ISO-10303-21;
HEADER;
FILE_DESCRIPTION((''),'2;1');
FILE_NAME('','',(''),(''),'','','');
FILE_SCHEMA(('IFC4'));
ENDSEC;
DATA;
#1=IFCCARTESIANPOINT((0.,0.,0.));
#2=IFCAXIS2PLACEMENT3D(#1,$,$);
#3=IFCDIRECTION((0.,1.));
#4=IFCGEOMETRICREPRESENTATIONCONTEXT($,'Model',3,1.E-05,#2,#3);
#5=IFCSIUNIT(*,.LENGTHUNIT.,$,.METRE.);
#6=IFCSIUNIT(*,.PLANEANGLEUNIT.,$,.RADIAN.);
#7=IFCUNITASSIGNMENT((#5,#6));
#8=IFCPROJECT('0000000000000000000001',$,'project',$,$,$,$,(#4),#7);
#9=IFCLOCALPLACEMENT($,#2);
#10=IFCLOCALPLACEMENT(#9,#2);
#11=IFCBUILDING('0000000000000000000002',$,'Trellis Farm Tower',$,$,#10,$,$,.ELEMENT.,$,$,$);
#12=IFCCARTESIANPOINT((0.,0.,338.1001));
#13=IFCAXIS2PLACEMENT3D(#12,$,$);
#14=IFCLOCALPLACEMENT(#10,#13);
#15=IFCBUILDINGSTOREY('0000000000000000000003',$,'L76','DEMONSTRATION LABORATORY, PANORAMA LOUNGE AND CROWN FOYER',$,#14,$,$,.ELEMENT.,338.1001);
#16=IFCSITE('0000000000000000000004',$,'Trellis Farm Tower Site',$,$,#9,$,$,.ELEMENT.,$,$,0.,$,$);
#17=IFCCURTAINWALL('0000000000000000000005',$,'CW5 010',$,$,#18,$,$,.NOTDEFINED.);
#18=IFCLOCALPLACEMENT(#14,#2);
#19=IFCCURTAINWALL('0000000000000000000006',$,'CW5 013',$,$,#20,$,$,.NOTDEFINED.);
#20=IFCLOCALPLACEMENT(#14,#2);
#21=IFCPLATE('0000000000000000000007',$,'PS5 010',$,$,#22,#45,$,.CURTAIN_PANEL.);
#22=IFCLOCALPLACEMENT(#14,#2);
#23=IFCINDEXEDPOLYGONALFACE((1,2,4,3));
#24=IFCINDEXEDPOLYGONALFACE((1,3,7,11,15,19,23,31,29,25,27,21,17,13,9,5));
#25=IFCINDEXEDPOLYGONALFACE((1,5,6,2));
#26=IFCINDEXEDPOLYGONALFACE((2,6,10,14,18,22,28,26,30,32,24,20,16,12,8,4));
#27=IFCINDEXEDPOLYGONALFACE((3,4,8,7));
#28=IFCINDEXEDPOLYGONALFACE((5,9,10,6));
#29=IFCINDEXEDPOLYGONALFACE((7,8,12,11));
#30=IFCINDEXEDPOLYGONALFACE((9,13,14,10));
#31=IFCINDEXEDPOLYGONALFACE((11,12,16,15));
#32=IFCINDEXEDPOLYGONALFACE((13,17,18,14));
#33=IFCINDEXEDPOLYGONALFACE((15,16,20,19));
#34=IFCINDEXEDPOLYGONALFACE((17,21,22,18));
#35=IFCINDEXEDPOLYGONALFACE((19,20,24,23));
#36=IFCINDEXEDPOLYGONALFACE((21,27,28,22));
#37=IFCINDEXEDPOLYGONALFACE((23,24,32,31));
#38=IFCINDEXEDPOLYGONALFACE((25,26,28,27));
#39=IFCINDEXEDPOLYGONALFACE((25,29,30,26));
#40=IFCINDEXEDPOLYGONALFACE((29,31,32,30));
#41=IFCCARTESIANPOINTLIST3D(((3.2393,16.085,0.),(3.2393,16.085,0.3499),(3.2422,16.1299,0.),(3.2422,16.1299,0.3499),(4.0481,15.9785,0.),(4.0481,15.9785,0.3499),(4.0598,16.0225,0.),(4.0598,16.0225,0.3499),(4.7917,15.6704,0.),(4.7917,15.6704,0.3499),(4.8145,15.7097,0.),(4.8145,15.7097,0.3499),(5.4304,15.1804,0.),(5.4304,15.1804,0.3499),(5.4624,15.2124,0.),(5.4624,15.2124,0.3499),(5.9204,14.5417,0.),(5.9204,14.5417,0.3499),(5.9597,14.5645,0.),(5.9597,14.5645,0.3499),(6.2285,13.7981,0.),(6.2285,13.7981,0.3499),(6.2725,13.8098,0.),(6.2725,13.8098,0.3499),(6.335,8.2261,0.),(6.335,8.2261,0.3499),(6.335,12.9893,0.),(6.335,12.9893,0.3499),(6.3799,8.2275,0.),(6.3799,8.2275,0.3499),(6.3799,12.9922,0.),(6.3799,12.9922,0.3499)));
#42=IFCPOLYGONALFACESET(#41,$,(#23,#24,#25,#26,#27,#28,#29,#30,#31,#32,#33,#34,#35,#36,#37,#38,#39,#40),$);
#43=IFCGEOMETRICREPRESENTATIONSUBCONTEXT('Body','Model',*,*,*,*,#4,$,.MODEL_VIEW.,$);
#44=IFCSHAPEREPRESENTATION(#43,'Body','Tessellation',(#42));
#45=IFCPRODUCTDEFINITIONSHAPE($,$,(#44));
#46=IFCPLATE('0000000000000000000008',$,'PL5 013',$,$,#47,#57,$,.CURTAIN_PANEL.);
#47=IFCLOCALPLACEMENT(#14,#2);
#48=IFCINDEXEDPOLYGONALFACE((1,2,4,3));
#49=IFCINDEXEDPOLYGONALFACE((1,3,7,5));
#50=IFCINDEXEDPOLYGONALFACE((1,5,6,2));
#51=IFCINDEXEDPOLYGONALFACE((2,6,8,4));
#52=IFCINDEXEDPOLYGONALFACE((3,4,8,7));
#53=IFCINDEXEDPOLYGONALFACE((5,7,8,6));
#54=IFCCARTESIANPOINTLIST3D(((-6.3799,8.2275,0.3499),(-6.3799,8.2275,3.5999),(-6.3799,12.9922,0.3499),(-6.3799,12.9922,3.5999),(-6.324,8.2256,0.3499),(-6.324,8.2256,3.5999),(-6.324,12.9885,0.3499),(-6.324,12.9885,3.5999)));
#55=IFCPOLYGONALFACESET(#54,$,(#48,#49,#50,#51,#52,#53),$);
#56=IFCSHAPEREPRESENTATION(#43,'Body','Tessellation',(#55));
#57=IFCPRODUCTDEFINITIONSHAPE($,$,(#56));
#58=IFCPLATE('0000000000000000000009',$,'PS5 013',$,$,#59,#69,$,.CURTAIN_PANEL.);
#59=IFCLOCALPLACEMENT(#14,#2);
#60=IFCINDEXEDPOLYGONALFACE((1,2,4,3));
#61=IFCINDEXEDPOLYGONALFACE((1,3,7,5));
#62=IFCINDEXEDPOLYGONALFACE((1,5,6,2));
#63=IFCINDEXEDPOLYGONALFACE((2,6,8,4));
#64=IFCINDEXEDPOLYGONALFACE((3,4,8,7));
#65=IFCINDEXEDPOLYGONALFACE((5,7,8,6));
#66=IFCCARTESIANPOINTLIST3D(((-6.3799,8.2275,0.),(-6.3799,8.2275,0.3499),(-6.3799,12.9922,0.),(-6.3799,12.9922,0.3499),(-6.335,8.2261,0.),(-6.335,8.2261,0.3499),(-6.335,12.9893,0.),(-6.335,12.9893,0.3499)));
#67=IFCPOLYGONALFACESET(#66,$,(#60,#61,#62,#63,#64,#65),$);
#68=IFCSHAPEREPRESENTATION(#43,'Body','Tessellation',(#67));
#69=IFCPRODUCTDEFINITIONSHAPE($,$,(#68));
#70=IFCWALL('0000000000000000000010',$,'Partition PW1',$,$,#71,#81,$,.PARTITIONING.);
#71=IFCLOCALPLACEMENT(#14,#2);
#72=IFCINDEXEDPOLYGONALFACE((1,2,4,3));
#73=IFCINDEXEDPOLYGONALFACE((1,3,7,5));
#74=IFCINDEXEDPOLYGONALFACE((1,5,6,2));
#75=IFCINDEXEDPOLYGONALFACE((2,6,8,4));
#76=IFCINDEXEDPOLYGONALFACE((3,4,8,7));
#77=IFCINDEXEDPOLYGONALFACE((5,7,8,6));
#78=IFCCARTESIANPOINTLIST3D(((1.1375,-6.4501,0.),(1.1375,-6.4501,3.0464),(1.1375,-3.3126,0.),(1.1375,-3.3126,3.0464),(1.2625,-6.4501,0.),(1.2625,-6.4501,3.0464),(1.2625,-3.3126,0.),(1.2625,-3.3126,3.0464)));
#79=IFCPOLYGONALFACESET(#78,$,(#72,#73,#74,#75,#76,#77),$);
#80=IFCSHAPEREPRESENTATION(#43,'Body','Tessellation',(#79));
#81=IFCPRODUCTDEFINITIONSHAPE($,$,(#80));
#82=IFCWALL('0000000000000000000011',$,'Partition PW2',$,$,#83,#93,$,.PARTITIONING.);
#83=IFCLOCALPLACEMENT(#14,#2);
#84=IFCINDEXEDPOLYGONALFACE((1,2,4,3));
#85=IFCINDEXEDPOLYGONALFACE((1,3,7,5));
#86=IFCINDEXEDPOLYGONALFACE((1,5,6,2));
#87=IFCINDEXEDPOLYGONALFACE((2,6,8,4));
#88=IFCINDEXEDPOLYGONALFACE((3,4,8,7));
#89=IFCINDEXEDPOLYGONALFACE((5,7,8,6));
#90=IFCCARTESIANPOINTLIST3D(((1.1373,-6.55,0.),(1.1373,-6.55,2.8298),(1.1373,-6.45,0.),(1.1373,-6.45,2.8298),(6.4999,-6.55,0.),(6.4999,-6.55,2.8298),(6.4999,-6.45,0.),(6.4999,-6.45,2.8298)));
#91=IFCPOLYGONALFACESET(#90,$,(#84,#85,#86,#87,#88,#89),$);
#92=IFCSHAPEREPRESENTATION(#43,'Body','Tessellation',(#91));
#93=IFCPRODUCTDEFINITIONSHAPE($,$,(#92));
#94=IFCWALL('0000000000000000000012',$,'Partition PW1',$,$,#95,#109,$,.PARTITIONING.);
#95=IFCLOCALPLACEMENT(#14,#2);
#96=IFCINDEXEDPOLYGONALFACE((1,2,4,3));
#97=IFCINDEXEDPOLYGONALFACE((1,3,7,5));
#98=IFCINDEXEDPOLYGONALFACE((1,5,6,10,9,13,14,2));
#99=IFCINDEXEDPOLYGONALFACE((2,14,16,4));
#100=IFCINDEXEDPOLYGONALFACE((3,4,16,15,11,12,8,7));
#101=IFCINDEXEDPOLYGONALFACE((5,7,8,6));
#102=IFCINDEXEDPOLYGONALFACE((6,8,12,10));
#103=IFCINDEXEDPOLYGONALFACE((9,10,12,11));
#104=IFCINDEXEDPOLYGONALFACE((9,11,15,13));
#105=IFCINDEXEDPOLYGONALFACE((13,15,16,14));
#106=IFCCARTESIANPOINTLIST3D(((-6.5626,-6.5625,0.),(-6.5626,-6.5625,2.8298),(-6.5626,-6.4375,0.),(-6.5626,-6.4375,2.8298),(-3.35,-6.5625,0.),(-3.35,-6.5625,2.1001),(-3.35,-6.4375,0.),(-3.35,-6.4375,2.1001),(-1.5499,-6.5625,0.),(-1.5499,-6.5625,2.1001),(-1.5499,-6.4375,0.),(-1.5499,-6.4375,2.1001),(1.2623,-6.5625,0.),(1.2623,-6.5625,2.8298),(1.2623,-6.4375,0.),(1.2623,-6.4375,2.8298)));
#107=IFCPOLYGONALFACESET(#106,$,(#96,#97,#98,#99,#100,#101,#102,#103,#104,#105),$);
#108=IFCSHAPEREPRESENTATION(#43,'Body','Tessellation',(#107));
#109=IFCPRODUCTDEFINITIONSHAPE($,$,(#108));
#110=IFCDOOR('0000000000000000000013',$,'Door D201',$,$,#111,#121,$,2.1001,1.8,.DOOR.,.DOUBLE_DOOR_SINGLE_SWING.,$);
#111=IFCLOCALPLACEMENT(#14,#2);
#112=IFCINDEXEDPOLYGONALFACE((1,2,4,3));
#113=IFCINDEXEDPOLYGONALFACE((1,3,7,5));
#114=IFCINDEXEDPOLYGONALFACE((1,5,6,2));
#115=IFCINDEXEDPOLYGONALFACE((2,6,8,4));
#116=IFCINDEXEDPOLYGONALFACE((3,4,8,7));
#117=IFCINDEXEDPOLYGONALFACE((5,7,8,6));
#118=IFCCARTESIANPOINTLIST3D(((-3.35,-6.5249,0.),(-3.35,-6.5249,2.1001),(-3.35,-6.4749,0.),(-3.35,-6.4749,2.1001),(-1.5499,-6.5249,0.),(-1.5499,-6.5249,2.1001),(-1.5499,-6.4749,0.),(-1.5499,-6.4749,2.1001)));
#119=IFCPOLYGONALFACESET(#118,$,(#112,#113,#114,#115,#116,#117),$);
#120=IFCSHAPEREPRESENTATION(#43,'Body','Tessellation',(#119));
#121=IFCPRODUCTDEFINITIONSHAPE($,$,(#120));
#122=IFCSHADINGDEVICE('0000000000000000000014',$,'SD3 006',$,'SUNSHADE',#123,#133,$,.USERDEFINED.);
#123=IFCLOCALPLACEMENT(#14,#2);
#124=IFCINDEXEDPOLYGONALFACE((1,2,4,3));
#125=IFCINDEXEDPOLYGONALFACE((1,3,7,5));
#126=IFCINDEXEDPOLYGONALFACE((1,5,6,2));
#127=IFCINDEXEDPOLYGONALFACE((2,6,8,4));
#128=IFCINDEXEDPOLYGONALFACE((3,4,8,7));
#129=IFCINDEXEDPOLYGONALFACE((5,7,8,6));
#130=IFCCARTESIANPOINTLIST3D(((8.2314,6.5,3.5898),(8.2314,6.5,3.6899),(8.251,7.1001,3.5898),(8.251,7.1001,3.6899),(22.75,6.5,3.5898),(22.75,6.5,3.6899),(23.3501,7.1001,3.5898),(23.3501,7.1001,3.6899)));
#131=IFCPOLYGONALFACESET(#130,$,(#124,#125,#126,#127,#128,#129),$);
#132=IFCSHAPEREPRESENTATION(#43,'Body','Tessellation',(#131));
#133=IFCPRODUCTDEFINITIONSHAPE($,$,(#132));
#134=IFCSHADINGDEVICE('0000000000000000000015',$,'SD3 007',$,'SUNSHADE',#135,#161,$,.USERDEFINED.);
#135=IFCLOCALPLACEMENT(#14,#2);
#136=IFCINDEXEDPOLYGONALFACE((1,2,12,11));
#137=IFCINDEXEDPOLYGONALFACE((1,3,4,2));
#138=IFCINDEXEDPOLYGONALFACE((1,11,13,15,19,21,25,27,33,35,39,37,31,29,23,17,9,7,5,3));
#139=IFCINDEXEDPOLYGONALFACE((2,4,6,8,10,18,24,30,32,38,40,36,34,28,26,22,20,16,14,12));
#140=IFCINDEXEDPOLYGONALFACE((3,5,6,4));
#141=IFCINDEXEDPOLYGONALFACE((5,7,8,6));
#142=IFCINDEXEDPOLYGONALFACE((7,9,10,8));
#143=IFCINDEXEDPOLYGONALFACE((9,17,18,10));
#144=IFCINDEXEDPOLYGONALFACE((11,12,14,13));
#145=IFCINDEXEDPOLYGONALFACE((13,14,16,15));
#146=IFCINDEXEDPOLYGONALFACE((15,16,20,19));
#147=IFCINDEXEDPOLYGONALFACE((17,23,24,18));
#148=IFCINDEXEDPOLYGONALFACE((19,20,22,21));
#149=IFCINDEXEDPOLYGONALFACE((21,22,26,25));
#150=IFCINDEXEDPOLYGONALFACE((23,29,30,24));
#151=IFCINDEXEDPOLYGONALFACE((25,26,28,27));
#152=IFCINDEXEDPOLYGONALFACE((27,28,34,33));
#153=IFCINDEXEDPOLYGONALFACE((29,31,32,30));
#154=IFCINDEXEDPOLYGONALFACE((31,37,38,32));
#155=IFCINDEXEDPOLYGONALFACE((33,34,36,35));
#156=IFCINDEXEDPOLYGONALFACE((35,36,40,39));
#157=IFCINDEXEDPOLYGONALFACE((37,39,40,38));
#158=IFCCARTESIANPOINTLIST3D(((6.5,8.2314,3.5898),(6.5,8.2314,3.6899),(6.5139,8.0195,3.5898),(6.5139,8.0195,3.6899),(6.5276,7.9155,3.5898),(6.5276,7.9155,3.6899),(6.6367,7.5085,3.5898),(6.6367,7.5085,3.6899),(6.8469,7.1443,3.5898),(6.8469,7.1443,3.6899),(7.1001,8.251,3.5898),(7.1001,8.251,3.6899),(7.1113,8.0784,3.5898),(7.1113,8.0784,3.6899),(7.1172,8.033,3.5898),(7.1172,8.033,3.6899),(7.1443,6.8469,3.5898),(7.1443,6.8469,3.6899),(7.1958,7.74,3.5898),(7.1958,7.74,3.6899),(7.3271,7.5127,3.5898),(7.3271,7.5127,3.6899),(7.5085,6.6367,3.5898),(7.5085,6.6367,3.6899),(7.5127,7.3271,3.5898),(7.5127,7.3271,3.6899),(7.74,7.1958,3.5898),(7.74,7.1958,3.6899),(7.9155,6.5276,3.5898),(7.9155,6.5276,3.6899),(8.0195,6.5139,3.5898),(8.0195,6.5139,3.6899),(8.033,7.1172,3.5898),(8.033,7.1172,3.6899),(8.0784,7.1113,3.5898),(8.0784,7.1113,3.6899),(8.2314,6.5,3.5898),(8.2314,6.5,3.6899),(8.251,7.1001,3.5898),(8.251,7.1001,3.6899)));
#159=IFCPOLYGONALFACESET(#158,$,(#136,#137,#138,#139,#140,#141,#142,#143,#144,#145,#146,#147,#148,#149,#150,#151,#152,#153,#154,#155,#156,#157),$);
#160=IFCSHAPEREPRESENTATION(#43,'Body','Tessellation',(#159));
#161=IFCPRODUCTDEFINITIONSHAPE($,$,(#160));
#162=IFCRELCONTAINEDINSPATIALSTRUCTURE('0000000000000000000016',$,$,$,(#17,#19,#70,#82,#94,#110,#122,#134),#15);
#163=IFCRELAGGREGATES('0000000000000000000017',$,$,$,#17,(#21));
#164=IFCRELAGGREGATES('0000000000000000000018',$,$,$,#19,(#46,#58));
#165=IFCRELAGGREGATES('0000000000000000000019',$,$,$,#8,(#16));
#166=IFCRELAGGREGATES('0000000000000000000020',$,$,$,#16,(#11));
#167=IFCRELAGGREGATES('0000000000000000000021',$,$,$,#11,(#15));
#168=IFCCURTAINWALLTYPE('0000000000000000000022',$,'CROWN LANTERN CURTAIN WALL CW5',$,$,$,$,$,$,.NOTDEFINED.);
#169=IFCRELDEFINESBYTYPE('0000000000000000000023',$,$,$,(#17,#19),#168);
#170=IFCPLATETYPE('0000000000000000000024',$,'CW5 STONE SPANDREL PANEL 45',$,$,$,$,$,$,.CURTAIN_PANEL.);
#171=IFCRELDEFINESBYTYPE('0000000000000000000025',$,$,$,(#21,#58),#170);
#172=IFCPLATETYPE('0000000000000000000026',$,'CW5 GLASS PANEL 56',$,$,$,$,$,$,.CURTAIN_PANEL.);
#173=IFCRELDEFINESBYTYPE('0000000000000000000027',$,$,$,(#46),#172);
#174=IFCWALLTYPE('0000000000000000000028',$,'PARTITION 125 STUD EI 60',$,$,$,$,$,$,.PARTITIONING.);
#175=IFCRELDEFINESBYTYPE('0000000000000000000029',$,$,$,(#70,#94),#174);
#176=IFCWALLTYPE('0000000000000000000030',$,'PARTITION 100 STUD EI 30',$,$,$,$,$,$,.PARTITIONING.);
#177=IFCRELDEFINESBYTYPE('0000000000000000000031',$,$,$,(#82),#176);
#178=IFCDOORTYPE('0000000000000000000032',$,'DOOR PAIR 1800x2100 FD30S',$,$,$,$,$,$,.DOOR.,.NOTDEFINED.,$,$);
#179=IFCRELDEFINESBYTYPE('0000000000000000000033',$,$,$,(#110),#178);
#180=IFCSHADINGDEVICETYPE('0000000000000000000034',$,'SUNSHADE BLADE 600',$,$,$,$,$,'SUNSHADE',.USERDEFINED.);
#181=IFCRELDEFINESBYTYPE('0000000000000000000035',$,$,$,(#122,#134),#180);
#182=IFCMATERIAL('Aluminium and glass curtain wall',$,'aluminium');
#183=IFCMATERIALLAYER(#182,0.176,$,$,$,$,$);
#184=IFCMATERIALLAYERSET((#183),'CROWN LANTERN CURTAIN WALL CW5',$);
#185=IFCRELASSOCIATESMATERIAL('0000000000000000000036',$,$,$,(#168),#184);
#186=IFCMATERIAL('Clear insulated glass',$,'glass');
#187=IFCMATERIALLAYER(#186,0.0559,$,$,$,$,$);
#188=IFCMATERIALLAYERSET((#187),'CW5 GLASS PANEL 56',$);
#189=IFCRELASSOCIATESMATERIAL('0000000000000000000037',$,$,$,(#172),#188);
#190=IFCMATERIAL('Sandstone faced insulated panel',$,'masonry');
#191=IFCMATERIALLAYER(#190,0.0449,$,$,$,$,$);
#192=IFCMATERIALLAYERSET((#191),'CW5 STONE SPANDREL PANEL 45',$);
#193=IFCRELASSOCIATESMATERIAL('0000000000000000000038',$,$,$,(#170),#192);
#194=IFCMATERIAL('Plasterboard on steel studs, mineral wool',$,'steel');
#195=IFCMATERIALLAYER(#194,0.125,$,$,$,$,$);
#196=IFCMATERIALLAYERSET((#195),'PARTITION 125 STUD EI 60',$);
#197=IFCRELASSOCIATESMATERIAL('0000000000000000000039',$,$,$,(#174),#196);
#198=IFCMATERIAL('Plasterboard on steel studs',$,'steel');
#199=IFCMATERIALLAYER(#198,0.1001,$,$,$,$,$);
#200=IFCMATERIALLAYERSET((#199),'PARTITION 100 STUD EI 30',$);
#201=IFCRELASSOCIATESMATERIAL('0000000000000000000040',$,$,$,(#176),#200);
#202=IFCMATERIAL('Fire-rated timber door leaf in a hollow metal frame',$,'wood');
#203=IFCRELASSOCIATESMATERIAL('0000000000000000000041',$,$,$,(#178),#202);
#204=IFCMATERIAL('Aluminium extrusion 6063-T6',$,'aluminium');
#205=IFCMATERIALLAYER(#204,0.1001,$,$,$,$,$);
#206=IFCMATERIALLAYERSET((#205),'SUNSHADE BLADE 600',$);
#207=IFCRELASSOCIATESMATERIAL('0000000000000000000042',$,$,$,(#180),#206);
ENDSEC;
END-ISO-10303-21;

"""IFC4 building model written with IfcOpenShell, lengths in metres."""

from ifc_helpers import new_model, si_unit, direction, frame, frame_2d, origin, place, context, subcontext, project, spatial, polyline, rectangle, outline, extrude, source, transform, mapped, material, layer, layer_set, type_object, element, fill, aggregate, save


model = new_model("IFC4")

# Units and contexts
model_context = context("Model", 3, precision=1e-05, world=origin(), true_north=direction((0.0, 1.0)))
body_context = subcontext(model_context, "Body", "Model", "MODEL_VIEW")
ifc_project = project(units=[si_unit("LENGTHUNIT", "METRE"), si_unit("PLANEANGLEUNIT", "RADIAN")], contexts=[model_context])

# Site, building, storey
site_placement = place(None, origin())
site = spatial("IfcSite", under=ifc_project, at=site_placement, Name="Trellis Farm Tower Site", CompositionType="ELEMENT", RefElevation=0.0)
building_placement = place(site_placement, origin())
building = spatial("IfcBuilding", under=site, at=building_placement, Name="Trellis Farm Tower", CompositionType="ELEMENT")
storey_placement = place(building_placement, frame((0.0, 0.0, 338.1001)))
storey = spatial("IfcBuildingStorey", under=building, at=storey_placement, Name="L76", Description="DEMONSTRATION LABORATORY, PANORAMA LOUNGE AND CROWN FOYER", CompositionType="ELEMENT", Elevation=338.1001)

# Curtain walls
ifc_material_1 = material(Name="Aluminium and glass curtain wall", Category="aluminium")
ifc_layer_1 = layer(ifc_material_1, 0.176)
ifc_layer_set_1 = layer_set([ifc_layer_1], Name="CROWN LANTERN CURTAIN WALL CW5")
curtain_wall_type = type_object("IfcCurtainWallType", Name="CROWN LANTERN CURTAIN WALL CW5", PredefinedType="NOTDEFINED", material=ifc_layer_set_1)
placement_1 = place(storey_placement, origin())
ifc_material_2 = material(Name="Aluminium extrusion 6063-T6", Category="aluminium")
curtain_wall_1 = element("IfcCurtainWall", 1, at=placement_1, inside=storey, type_object=curtain_wall_type, Name="CW5 010", PredefinedType="NOTDEFINED")
curtain_wall_2 = element("IfcCurtainWall", 2, at=placement_1, inside=storey, type_object=curtain_wall_type, Name="CW5 013", PredefinedType="NOTDEFINED")

# Plates
ifc_material_3 = material(Name="Clear insulated glass", Category="glass")
ifc_layer_2 = layer(ifc_material_3, 0.0559)
ifc_layer_set_2 = layer_set([ifc_layer_2], Name="CW5 GLASS PANEL 56")
plate_type_1 = type_object("IfcPlateType", Name="CW5 GLASS PANEL 56", PredefinedType="CURTAIN_PANEL", material=ifc_layer_set_2)
placement_2 = place(storey_placement, frame((0.0, 0.0, 0.3499)))
ifc_material_4 = material(Name="Sandstone faced insulated panel", Category="masonry")
ifc_layer_3 = layer(ifc_material_4, 0.0449)
ifc_layer_set_3 = layer_set([ifc_layer_3], Name="CW5 STONE SPANDREL PANEL 45")
plate_type_2 = type_object("IfcPlateType", Name="CW5 STONE SPANDREL PANEL 45", PredefinedType="CURTAIN_PANEL", material=ifc_layer_set_3)
shared_shape_1 = source(origin(), body_context, "Body", "SweptSolid", [
    extrude(outline(polyline([(6.3799, 8.2275), (6.3799, 12.9922), (6.2725, 13.8098), (5.9597, 14.5645), (5.4624, 15.2124), (4.8145, 15.7097), (4.0598, 16.0225), (3.2422, 16.1299), (3.2393, 16.085), (4.0481, 15.9785), (4.7917, 15.6704), (5.4304, 15.1804), (5.9204, 14.5417), (6.2285, 13.7981), (6.335, 12.9893), (6.335, 8.2261), (6.3799, 8.2275)])), origin(), (0.0, 0.0, 1.0), 0.3499),
])
plate_1 = element("IfcPlate", 3, at=placement_1, type_object=plate_type_2, Name="PS5 010", PredefinedType="CURTAIN_PANEL", context=body_context, shape_type="MappedRepresentation", body=[
    mapped(shared_shape_1, transform((0.0, 0.0, 0.0))),
])
aggregate(curtain_wall_1, [plate_1])
shared_shape_2 = source(origin(), body_context, "Body", "SweptSolid", [
    extrude(outline(polyline([(-6.3799, 12.9922), (-6.3799, 8.2275), (-6.324, 8.2256), (-6.324, 12.9885), (-6.3799, 12.9922)])), origin(), (0.0, 0.0, 1.0), 3.25),
])
plate_2 = element("IfcPlate", 4, at=placement_2, type_object=plate_type_1, Name="PL5 013", PredefinedType="CURTAIN_PANEL", context=body_context, shape_type="MappedRepresentation", body=[
    mapped(shared_shape_2, transform((0.0, 0.0, 0.0))),
])
shared_shape_3 = source(origin(), body_context, "Body", "SweptSolid", [
    extrude(outline(polyline([(-6.3799, 12.9922), (-6.3799, 8.2275), (-6.335, 8.2261), (-6.335, 12.9893), (-6.3799, 12.9922)])), origin(), (0.0, 0.0, 1.0), 0.3499),
])
plate_3 = element("IfcPlate", 5, at=placement_1, type_object=plate_type_2, Name="PS5 013", PredefinedType="CURTAIN_PANEL", context=body_context, shape_type="MappedRepresentation", body=[
    mapped(shared_shape_3, transform((0.0, 0.0, 0.0))),
])
aggregate(curtain_wall_2, [plate_2, plate_3])

# Walls
ifc_material_5 = material(Name="Plasterboard on steel studs, mineral wool", Category="steel")
ifc_layer_4 = layer(ifc_material_5, 0.125)
ifc_layer_set_4 = layer_set([ifc_layer_4], Name="PARTITION 125 STUD EI 60")
wall_type_1 = type_object("IfcWallType", Name="PARTITION 125 STUD EI 60", PredefinedType="PARTITIONING", material=ifc_layer_set_4)
shared_shape_4 = source(origin(), body_context, "Body", "SweptSolid", [
    extrude(rectangle(XDim=3.1375, YDim=0.125, at=frame_2d((1.5688, 0.0))), origin(), (0.0, 0.0, 1.0), 3.0464),
])
wall_1_placement = place(storey_placement, frame((1.2, -3.3125, 0.0), z_axis=(0.0, 0.0, 1.0), x_axis=(0.0, -1.0, 0.0)))
element("IfcWall", 6, at=wall_1_placement, inside=storey, type_object=wall_type_1, Name="Partition PW1", PredefinedType="PARTITIONING", context=body_context, shape_type="MappedRepresentation", body=[
    mapped(shared_shape_4, transform((0.0, 0.0, 0.0))),
])
ifc_material_6 = material(Name="Plasterboard on steel studs", Category="steel")
ifc_layer_5 = layer(ifc_material_6, 0.1001)
ifc_layer_set_5 = layer_set([ifc_layer_5], Name="PARTITION 100 STUD EI 30")
wall_type_2 = type_object("IfcWallType", Name="PARTITION 100 STUD EI 30", PredefinedType="PARTITIONING", material=ifc_layer_set_5)
shared_shape_5 = source(origin(), body_context, "Body", "SweptSolid", [
    extrude(rectangle(XDim=5.3625, YDim=0.1001, at=frame_2d((2.6812, 0.0))), origin(), (0.0, 0.0, 1.0), 2.8298),
])
wall_2_placement = place(storey_placement, frame((1.1375, -6.5, 0.0), z_axis=(0.0, 0.0, 1.0), x_axis=(1.0, 0.0, 0.0)))
element("IfcWall", 7, at=wall_2_placement, inside=storey, type_object=wall_type_2, Name="Partition PW2", PredefinedType="PARTITIONING", context=body_context, shape_type="MappedRepresentation", body=[
    mapped(shared_shape_5, transform((0.0, 0.0, 0.0))),
])

# Wall, opening, door
shared_shape_6 = source(origin(), body_context, "Body", "SweptSolid", [
    extrude(rectangle(XDim=7.825, YDim=0.125, at=frame_2d((3.9126, 0.0))), origin(), (0.0, 0.0, 1.0), 2.8298),
])
wall_3_placement = place(storey_placement, frame((1.2625, -6.5, 0.0), z_axis=(0.0, 0.0, 1.0), x_axis=(-1.0, 0.0, 0.0)))
wall_3 = element("IfcWall", 8, at=wall_3_placement, inside=storey, type_object=wall_type_1, Name="Partition PW1", PredefinedType="PARTITIONING", context=body_context, shape_type="MappedRepresentation", body=[
    mapped(shared_shape_6, transform((0.0, 0.0, 0.0))),
])
shared_shape_7 = source(origin(), body_context, "Body", "SweptSolid", [
    extrude(rectangle(XDim=1.8, YDim=2.1001, at=frame_2d((0.8999, 1.05))), frame((0.0, 0.0725, 0.0), z_axis=(0.0, -1.0, 0.0), x_axis=(1.0, 0.0, 0.0)), (0.0, 0.0, 1.0), 0.145),
])
opening_placement = place(wall_3_placement, frame((2.8125, 0.0, 0.0)))
opening = element("IfcOpeningElement", 9, at=opening_placement, cuts=wall_3, PredefinedType="OPENING", context=body_context, shape_type="MappedRepresentation", body=[
    mapped(shared_shape_7, transform((0.0, 0.0, 0.0))),
])
ifc_material_7 = material(Name="Fire-rated timber door leaf in a hollow metal frame", Category="wood")
door_type = type_object("IfcDoorType", Name="DOOR PAIR 1800x2100 FD30S", OperationType="NOTDEFINED", PredefinedType="DOOR", material=ifc_material_7)
shared_shape_8 = source(origin(), body_context, "Body", "SweptSolid", [
    extrude(rectangle(XDim=1.8, YDim=2.1001, at=frame_2d((0.8999, 1.05))), frame((0.0, 0.0249, 0.0), z_axis=(0.0, -1.0, 0.0), x_axis=(1.0, 0.0, 0.0)), (0.0, 0.0, 1.0), 0.05),
])
door_placement = place(opening_placement, origin())
door = element("IfcDoor", 10, at=door_placement, inside=storey, type_object=door_type, Name="Door D201", OperationType="DOUBLE_DOOR_SINGLE_SWING", OverallHeight=2.1001, OverallWidth=1.8, PredefinedType="DOOR", context=body_context, shape_type="MappedRepresentation", body=[
    mapped(shared_shape_8, transform((0.0, 0.0, 0.0))),
])
fill(opening, door)

# Shading devices
ifc_layer_6 = layer(ifc_material_2, 0.1001)
ifc_layer_set_6 = layer_set([ifc_layer_6], Name="SUNSHADE BLADE 600")
shading_device_type = type_object("IfcShadingDeviceType", Name="SUNSHADE BLADE 600", ElementType="SUNSHADE", PredefinedType="USERDEFINED", material=ifc_layer_set_6)
shared_shape_9 = source(origin(), body_context, "Body", "SweptSolid", [
    extrude(outline(polyline([(23.3501, 7.1001), (8.251, 7.1001), (8.2314, 6.5), (22.75, 6.5), (23.3501, 7.1001)])), origin(), (0.0, 0.0, 1.0), 0.1001),
])
placement_3 = place(storey_placement, frame((0.0, 0.0, 3.5898)))
element("IfcShadingDevice", 11, at=placement_3, inside=storey, type_object=shading_device_type, Name="SD3 006", ObjectType="SUNSHADE", PredefinedType="USERDEFINED", context=body_context, shape_type="MappedRepresentation", body=[
    mapped(shared_shape_9, transform((0.0, 0.0, 0.0))),
])
shared_shape_10 = source(origin(), body_context, "Body", "SweptSolid", [
    extrude(outline(polyline([(8.251, 7.1001), (8.0784, 7.1113), (8.033, 7.1172), (7.74, 7.1958), (7.5127, 7.3271), (7.3271, 7.5127), (7.1958, 7.74), (7.1172, 8.033), (7.1113, 8.0784), (7.1001, 8.251), (6.5, 8.2314), (6.5139, 8.0195), (6.5276, 7.9155), (6.6367, 7.5085), (6.8469, 7.1443), (7.1443, 6.8469), (7.5085, 6.6367), (7.9155, 6.5276), (8.0195, 6.5139), (8.2314, 6.5), (8.251, 7.1001)])), origin(), (0.0, 0.0, 1.0), 0.1001),
])
element("IfcShadingDevice", 12, at=placement_3, inside=storey, type_object=shading_device_type, Name="SD3 007", ObjectType="SUNSHADE", PredefinedType="USERDEFINED", context=body_context, shape_type="MappedRepresentation", body=[
    mapped(shared_shape_10, transform((0.0, 0.0, 0.0))),
])

save(model, "model.ifc")
